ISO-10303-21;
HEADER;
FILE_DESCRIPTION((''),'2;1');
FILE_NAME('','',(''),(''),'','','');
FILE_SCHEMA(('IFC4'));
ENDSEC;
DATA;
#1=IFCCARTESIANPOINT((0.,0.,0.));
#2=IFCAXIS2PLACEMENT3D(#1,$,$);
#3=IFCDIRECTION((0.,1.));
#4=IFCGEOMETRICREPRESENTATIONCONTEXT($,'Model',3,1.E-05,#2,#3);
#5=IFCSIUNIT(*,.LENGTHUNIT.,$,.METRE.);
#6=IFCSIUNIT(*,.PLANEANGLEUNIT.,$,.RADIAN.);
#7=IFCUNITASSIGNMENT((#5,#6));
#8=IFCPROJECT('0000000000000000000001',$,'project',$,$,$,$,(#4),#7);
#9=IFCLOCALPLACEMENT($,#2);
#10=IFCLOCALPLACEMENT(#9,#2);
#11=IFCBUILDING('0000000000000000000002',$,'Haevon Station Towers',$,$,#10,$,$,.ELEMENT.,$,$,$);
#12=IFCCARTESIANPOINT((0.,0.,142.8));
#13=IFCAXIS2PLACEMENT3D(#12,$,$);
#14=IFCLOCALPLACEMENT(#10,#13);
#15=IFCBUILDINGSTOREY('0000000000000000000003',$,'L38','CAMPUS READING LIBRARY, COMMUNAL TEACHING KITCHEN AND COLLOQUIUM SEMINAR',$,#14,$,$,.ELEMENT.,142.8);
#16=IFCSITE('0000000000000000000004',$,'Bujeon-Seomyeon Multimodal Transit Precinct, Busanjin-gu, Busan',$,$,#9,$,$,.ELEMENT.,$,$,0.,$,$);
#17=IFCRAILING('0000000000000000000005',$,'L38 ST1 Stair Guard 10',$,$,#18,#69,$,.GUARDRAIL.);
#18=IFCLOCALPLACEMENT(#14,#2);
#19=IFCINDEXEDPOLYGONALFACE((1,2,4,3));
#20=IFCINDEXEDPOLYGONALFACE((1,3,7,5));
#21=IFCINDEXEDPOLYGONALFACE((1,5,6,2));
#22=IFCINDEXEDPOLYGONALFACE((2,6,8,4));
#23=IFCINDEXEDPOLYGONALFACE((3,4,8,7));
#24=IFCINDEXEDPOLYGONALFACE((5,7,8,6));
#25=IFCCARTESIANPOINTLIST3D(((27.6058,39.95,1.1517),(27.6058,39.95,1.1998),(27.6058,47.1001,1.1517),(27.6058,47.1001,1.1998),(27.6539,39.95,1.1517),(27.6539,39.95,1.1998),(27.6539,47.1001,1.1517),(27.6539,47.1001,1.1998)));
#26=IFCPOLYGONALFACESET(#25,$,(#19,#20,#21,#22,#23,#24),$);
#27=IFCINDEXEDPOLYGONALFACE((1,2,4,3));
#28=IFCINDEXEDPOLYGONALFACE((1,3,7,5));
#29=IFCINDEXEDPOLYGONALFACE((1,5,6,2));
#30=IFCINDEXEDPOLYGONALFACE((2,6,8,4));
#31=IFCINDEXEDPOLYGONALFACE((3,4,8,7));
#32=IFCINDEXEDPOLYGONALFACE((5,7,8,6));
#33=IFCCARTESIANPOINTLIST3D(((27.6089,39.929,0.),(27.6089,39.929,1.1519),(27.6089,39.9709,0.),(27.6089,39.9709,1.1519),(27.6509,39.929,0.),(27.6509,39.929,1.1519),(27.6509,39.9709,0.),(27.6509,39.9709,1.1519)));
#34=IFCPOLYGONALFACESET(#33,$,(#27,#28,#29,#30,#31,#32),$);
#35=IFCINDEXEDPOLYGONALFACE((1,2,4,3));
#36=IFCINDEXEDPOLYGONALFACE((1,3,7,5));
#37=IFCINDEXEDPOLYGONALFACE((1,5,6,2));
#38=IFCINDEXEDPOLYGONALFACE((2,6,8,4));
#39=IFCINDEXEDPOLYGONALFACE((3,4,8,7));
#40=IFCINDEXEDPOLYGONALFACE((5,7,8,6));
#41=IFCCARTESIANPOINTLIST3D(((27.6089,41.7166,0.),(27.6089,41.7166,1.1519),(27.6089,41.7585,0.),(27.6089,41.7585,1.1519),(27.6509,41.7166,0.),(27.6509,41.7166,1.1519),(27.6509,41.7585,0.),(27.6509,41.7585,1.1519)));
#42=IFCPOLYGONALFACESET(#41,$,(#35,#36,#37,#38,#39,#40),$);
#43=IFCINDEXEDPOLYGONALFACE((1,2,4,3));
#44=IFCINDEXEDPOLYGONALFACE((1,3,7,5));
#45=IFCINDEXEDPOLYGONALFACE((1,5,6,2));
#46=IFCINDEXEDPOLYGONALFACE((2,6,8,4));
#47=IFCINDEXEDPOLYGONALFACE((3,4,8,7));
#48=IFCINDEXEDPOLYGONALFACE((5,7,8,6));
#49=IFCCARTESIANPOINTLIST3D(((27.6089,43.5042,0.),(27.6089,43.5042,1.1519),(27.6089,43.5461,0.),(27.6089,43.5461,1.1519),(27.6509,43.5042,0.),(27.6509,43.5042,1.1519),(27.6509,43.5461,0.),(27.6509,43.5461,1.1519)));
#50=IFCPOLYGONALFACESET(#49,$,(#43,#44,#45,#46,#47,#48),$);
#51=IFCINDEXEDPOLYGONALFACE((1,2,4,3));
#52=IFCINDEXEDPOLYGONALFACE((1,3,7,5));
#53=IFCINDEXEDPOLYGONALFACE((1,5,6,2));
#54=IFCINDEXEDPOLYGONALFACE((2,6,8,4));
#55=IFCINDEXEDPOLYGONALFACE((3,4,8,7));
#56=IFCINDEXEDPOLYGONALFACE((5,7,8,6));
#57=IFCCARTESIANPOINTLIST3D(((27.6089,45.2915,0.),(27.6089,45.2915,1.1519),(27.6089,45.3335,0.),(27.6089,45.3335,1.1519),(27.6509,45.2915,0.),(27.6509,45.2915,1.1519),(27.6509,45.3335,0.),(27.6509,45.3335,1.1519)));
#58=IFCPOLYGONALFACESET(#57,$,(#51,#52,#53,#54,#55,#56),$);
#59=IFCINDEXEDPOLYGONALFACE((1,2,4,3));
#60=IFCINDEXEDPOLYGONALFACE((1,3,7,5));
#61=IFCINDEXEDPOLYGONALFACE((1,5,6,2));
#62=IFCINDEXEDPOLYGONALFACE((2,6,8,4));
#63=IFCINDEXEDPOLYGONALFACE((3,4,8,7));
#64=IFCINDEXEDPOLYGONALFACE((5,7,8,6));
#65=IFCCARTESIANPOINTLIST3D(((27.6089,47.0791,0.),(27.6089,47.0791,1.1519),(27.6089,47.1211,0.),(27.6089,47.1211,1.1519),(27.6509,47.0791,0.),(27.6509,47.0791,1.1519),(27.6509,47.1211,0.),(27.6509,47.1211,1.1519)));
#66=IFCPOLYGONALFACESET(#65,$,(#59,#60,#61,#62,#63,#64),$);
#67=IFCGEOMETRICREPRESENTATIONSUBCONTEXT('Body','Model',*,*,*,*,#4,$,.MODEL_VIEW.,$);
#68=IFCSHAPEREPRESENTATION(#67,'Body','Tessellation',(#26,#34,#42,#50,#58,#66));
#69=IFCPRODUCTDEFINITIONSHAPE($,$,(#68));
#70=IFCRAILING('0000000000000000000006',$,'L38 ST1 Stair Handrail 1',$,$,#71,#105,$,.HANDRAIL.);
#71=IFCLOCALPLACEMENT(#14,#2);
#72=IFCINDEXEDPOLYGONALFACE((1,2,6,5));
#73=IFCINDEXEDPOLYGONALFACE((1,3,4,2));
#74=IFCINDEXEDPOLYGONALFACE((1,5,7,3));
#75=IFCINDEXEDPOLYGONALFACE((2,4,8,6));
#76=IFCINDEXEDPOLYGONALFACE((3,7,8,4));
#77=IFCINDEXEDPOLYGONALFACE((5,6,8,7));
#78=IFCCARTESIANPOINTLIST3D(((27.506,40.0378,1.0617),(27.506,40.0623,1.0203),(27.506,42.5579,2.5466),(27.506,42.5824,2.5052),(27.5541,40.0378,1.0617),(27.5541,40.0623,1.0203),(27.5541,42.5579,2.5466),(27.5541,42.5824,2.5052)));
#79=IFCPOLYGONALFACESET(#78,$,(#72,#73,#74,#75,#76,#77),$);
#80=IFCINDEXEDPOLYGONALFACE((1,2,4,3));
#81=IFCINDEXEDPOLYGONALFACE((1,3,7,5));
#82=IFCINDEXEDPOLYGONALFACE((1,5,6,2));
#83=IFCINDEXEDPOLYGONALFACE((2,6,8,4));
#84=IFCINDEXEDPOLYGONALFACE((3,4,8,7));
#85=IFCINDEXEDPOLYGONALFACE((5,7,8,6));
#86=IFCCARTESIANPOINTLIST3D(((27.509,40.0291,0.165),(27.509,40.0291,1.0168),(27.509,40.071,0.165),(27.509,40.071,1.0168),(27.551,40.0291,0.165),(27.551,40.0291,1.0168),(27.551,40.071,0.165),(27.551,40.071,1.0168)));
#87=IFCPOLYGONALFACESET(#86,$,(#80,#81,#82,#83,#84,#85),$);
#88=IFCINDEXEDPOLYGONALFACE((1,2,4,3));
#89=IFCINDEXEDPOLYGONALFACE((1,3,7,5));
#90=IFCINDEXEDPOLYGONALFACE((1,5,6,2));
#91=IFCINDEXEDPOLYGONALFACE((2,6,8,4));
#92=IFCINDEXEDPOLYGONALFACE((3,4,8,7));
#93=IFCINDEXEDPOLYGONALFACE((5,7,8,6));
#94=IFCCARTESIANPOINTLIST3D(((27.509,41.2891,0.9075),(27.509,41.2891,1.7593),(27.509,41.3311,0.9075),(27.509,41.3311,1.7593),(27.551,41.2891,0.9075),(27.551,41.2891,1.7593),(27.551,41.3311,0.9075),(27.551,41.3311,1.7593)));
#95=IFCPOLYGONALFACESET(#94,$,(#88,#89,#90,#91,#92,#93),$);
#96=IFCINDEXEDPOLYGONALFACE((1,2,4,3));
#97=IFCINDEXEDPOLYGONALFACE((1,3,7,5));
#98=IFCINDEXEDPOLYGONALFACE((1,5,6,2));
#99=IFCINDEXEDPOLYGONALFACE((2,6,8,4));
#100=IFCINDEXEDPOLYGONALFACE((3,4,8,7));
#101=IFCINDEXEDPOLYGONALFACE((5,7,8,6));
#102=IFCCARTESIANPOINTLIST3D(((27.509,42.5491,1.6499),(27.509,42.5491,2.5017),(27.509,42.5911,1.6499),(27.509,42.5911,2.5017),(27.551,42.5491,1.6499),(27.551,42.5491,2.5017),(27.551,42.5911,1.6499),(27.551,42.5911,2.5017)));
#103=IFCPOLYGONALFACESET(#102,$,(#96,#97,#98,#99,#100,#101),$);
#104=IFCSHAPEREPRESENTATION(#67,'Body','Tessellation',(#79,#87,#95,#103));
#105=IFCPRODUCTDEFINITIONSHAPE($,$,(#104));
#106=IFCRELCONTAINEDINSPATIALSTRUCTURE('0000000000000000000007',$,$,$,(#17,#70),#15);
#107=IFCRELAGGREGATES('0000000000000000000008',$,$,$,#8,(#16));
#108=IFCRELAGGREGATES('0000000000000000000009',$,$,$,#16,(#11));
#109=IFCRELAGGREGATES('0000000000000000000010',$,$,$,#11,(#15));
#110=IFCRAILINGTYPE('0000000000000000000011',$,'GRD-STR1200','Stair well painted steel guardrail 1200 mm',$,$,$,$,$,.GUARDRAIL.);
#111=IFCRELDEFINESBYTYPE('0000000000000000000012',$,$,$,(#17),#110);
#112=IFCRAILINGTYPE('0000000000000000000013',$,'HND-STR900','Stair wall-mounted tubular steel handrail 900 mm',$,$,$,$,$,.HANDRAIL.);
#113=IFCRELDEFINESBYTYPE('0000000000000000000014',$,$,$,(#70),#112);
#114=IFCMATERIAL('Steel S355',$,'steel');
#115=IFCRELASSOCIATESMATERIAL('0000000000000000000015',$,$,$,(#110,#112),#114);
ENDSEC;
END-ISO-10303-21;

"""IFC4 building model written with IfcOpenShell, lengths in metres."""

from ifc_helpers import new_model, si_unit, direction, frame, origin, origin_2d, place, context, subcontext, project, spatial, rectangle, extrude, material, type_object, element, save


model = new_model("IFC4")

# Units and contexts
model_context = context("Model", 3, precision=1e-05, world=origin(), true_north=direction((0.0, 1.0)))
body_context = subcontext(model_context, "Body", "Model", "MODEL_VIEW")
ifc_project = project(units=[si_unit("LENGTHUNIT", "METRE"), si_unit("PLANEANGLEUNIT", "RADIAN")], contexts=[model_context])

# Site, building, storey
site_placement = place(None, origin())
site = spatial("IfcSite", under=ifc_project, at=site_placement, Name="Bujeon-Seomyeon Multimodal Transit Precinct, Busanjin-gu, Busan", CompositionType="ELEMENT", RefElevation=0.0)
building_placement = place(site_placement, origin())
building = spatial("IfcBuilding", under=site, at=building_placement, Name="Haevon Station Towers", CompositionType="ELEMENT")
storey_placement = place(building_placement, frame((0.0, 0.0, 142.8)))
storey = spatial("IfcBuildingStorey", under=building, at=storey_placement, Name="L38", Description="CAMPUS READING LIBRARY, COMMUNAL TEACHING KITCHEN AND COLLOQUIUM SEMINAR", CompositionType="ELEMENT", Elevation=142.8)

# Shared definitions
ifc_material_1 = material(Name="Steel S355", Category="steel")

# Railings
railing_type_1 = type_object("IfcRailingType", Name="GRD-STR1200", Description="Stair well painted steel guardrail 1200 mm", PredefinedType="GUARDRAIL", material=ifc_material_1)
railing_1_placement = place(storey_placement, frame((27.6299, 39.95, 0.0)))
element("IfcRailing", 1, at=railing_1_placement, inside=storey, type_object=railing_type_1, Name="L38 ST1 Stair Guard 10", PredefinedType="GUARDRAIL", context=body_context, shape_type="SweptSolid", body=[
    extrude(rectangle(XDim=0.0481, YDim=0.0481, at=origin_2d()), frame((0.0, 0.0, 1.1758), z_axis=(0.0, 1.0, 0.0), x_axis=(-1.0, 0.0, 0.0)), (0.0, 0.0, 1.0), 7.1501),
    extrude(rectangle(XDim=0.042, YDim=0.042, at=origin_2d()), origin(), (0.0, 0.0, 1.0), 1.1519),
    extrude(rectangle(XDim=0.042, YDim=0.042, at=origin_2d()), frame((0.0, 1.7876, 0.0)), (0.0, 0.0, 1.0), 1.1519),
    extrude(rectangle(XDim=0.042, YDim=0.042, at=origin_2d()), frame((0.0, 3.5752, 0.0)), (0.0, 0.0, 1.0), 1.1519),
    extrude(rectangle(XDim=0.042, YDim=0.042, at=origin_2d()), frame((0.0, 5.3625, 0.0)), (0.0, 0.0, 1.0), 1.1519),
    extrude(rectangle(XDim=0.042, YDim=0.042, at=origin_2d()), frame((0.0, 7.1501, 0.0)), (0.0, 0.0, 1.0), 1.1519),
])
railing_type_2 = type_object("IfcRailingType", Name="HND-STR900", Description="Stair wall-mounted tubular steel handrail 900 mm", PredefinedType="HANDRAIL", material=ifc_material_1)
railing_2_placement = place(storey_placement, frame((27.53, 40.05, 0.165)))
element("IfcRailing", 2, at=railing_2_placement, inside=storey, type_object=railing_type_2, Name="L38 ST1 Stair Handrail 1", PredefinedType="HANDRAIL", context=body_context, shape_type="SweptSolid", body=[
    extrude(rectangle(XDim=0.0481, YDim=0.0481, at=origin_2d()), frame((0.0, 0.0, 0.876), z_axis=(0.0, 0.861561, 0.507655), x_axis=(-1.0, 0.0, 0.0)), (0.0, 0.0, 1.0), 2.925),
    extrude(rectangle(XDim=0.042, YDim=0.042, at=origin_2d()), origin(), (0.0, 0.0, 1.0), 0.8518),
    extrude(rectangle(XDim=0.042, YDim=0.042, at=origin_2d()), frame((0.0, 1.26, 0.7424)), (0.0, 0.0, 1.0), 0.8518),
    extrude(rectangle(XDim=0.042, YDim=0.042, at=origin_2d()), frame((0.0, 2.52, 1.4849)), (0.0, 0.0, 1.0), 0.8518),
])

save(model, "model.ifc")
